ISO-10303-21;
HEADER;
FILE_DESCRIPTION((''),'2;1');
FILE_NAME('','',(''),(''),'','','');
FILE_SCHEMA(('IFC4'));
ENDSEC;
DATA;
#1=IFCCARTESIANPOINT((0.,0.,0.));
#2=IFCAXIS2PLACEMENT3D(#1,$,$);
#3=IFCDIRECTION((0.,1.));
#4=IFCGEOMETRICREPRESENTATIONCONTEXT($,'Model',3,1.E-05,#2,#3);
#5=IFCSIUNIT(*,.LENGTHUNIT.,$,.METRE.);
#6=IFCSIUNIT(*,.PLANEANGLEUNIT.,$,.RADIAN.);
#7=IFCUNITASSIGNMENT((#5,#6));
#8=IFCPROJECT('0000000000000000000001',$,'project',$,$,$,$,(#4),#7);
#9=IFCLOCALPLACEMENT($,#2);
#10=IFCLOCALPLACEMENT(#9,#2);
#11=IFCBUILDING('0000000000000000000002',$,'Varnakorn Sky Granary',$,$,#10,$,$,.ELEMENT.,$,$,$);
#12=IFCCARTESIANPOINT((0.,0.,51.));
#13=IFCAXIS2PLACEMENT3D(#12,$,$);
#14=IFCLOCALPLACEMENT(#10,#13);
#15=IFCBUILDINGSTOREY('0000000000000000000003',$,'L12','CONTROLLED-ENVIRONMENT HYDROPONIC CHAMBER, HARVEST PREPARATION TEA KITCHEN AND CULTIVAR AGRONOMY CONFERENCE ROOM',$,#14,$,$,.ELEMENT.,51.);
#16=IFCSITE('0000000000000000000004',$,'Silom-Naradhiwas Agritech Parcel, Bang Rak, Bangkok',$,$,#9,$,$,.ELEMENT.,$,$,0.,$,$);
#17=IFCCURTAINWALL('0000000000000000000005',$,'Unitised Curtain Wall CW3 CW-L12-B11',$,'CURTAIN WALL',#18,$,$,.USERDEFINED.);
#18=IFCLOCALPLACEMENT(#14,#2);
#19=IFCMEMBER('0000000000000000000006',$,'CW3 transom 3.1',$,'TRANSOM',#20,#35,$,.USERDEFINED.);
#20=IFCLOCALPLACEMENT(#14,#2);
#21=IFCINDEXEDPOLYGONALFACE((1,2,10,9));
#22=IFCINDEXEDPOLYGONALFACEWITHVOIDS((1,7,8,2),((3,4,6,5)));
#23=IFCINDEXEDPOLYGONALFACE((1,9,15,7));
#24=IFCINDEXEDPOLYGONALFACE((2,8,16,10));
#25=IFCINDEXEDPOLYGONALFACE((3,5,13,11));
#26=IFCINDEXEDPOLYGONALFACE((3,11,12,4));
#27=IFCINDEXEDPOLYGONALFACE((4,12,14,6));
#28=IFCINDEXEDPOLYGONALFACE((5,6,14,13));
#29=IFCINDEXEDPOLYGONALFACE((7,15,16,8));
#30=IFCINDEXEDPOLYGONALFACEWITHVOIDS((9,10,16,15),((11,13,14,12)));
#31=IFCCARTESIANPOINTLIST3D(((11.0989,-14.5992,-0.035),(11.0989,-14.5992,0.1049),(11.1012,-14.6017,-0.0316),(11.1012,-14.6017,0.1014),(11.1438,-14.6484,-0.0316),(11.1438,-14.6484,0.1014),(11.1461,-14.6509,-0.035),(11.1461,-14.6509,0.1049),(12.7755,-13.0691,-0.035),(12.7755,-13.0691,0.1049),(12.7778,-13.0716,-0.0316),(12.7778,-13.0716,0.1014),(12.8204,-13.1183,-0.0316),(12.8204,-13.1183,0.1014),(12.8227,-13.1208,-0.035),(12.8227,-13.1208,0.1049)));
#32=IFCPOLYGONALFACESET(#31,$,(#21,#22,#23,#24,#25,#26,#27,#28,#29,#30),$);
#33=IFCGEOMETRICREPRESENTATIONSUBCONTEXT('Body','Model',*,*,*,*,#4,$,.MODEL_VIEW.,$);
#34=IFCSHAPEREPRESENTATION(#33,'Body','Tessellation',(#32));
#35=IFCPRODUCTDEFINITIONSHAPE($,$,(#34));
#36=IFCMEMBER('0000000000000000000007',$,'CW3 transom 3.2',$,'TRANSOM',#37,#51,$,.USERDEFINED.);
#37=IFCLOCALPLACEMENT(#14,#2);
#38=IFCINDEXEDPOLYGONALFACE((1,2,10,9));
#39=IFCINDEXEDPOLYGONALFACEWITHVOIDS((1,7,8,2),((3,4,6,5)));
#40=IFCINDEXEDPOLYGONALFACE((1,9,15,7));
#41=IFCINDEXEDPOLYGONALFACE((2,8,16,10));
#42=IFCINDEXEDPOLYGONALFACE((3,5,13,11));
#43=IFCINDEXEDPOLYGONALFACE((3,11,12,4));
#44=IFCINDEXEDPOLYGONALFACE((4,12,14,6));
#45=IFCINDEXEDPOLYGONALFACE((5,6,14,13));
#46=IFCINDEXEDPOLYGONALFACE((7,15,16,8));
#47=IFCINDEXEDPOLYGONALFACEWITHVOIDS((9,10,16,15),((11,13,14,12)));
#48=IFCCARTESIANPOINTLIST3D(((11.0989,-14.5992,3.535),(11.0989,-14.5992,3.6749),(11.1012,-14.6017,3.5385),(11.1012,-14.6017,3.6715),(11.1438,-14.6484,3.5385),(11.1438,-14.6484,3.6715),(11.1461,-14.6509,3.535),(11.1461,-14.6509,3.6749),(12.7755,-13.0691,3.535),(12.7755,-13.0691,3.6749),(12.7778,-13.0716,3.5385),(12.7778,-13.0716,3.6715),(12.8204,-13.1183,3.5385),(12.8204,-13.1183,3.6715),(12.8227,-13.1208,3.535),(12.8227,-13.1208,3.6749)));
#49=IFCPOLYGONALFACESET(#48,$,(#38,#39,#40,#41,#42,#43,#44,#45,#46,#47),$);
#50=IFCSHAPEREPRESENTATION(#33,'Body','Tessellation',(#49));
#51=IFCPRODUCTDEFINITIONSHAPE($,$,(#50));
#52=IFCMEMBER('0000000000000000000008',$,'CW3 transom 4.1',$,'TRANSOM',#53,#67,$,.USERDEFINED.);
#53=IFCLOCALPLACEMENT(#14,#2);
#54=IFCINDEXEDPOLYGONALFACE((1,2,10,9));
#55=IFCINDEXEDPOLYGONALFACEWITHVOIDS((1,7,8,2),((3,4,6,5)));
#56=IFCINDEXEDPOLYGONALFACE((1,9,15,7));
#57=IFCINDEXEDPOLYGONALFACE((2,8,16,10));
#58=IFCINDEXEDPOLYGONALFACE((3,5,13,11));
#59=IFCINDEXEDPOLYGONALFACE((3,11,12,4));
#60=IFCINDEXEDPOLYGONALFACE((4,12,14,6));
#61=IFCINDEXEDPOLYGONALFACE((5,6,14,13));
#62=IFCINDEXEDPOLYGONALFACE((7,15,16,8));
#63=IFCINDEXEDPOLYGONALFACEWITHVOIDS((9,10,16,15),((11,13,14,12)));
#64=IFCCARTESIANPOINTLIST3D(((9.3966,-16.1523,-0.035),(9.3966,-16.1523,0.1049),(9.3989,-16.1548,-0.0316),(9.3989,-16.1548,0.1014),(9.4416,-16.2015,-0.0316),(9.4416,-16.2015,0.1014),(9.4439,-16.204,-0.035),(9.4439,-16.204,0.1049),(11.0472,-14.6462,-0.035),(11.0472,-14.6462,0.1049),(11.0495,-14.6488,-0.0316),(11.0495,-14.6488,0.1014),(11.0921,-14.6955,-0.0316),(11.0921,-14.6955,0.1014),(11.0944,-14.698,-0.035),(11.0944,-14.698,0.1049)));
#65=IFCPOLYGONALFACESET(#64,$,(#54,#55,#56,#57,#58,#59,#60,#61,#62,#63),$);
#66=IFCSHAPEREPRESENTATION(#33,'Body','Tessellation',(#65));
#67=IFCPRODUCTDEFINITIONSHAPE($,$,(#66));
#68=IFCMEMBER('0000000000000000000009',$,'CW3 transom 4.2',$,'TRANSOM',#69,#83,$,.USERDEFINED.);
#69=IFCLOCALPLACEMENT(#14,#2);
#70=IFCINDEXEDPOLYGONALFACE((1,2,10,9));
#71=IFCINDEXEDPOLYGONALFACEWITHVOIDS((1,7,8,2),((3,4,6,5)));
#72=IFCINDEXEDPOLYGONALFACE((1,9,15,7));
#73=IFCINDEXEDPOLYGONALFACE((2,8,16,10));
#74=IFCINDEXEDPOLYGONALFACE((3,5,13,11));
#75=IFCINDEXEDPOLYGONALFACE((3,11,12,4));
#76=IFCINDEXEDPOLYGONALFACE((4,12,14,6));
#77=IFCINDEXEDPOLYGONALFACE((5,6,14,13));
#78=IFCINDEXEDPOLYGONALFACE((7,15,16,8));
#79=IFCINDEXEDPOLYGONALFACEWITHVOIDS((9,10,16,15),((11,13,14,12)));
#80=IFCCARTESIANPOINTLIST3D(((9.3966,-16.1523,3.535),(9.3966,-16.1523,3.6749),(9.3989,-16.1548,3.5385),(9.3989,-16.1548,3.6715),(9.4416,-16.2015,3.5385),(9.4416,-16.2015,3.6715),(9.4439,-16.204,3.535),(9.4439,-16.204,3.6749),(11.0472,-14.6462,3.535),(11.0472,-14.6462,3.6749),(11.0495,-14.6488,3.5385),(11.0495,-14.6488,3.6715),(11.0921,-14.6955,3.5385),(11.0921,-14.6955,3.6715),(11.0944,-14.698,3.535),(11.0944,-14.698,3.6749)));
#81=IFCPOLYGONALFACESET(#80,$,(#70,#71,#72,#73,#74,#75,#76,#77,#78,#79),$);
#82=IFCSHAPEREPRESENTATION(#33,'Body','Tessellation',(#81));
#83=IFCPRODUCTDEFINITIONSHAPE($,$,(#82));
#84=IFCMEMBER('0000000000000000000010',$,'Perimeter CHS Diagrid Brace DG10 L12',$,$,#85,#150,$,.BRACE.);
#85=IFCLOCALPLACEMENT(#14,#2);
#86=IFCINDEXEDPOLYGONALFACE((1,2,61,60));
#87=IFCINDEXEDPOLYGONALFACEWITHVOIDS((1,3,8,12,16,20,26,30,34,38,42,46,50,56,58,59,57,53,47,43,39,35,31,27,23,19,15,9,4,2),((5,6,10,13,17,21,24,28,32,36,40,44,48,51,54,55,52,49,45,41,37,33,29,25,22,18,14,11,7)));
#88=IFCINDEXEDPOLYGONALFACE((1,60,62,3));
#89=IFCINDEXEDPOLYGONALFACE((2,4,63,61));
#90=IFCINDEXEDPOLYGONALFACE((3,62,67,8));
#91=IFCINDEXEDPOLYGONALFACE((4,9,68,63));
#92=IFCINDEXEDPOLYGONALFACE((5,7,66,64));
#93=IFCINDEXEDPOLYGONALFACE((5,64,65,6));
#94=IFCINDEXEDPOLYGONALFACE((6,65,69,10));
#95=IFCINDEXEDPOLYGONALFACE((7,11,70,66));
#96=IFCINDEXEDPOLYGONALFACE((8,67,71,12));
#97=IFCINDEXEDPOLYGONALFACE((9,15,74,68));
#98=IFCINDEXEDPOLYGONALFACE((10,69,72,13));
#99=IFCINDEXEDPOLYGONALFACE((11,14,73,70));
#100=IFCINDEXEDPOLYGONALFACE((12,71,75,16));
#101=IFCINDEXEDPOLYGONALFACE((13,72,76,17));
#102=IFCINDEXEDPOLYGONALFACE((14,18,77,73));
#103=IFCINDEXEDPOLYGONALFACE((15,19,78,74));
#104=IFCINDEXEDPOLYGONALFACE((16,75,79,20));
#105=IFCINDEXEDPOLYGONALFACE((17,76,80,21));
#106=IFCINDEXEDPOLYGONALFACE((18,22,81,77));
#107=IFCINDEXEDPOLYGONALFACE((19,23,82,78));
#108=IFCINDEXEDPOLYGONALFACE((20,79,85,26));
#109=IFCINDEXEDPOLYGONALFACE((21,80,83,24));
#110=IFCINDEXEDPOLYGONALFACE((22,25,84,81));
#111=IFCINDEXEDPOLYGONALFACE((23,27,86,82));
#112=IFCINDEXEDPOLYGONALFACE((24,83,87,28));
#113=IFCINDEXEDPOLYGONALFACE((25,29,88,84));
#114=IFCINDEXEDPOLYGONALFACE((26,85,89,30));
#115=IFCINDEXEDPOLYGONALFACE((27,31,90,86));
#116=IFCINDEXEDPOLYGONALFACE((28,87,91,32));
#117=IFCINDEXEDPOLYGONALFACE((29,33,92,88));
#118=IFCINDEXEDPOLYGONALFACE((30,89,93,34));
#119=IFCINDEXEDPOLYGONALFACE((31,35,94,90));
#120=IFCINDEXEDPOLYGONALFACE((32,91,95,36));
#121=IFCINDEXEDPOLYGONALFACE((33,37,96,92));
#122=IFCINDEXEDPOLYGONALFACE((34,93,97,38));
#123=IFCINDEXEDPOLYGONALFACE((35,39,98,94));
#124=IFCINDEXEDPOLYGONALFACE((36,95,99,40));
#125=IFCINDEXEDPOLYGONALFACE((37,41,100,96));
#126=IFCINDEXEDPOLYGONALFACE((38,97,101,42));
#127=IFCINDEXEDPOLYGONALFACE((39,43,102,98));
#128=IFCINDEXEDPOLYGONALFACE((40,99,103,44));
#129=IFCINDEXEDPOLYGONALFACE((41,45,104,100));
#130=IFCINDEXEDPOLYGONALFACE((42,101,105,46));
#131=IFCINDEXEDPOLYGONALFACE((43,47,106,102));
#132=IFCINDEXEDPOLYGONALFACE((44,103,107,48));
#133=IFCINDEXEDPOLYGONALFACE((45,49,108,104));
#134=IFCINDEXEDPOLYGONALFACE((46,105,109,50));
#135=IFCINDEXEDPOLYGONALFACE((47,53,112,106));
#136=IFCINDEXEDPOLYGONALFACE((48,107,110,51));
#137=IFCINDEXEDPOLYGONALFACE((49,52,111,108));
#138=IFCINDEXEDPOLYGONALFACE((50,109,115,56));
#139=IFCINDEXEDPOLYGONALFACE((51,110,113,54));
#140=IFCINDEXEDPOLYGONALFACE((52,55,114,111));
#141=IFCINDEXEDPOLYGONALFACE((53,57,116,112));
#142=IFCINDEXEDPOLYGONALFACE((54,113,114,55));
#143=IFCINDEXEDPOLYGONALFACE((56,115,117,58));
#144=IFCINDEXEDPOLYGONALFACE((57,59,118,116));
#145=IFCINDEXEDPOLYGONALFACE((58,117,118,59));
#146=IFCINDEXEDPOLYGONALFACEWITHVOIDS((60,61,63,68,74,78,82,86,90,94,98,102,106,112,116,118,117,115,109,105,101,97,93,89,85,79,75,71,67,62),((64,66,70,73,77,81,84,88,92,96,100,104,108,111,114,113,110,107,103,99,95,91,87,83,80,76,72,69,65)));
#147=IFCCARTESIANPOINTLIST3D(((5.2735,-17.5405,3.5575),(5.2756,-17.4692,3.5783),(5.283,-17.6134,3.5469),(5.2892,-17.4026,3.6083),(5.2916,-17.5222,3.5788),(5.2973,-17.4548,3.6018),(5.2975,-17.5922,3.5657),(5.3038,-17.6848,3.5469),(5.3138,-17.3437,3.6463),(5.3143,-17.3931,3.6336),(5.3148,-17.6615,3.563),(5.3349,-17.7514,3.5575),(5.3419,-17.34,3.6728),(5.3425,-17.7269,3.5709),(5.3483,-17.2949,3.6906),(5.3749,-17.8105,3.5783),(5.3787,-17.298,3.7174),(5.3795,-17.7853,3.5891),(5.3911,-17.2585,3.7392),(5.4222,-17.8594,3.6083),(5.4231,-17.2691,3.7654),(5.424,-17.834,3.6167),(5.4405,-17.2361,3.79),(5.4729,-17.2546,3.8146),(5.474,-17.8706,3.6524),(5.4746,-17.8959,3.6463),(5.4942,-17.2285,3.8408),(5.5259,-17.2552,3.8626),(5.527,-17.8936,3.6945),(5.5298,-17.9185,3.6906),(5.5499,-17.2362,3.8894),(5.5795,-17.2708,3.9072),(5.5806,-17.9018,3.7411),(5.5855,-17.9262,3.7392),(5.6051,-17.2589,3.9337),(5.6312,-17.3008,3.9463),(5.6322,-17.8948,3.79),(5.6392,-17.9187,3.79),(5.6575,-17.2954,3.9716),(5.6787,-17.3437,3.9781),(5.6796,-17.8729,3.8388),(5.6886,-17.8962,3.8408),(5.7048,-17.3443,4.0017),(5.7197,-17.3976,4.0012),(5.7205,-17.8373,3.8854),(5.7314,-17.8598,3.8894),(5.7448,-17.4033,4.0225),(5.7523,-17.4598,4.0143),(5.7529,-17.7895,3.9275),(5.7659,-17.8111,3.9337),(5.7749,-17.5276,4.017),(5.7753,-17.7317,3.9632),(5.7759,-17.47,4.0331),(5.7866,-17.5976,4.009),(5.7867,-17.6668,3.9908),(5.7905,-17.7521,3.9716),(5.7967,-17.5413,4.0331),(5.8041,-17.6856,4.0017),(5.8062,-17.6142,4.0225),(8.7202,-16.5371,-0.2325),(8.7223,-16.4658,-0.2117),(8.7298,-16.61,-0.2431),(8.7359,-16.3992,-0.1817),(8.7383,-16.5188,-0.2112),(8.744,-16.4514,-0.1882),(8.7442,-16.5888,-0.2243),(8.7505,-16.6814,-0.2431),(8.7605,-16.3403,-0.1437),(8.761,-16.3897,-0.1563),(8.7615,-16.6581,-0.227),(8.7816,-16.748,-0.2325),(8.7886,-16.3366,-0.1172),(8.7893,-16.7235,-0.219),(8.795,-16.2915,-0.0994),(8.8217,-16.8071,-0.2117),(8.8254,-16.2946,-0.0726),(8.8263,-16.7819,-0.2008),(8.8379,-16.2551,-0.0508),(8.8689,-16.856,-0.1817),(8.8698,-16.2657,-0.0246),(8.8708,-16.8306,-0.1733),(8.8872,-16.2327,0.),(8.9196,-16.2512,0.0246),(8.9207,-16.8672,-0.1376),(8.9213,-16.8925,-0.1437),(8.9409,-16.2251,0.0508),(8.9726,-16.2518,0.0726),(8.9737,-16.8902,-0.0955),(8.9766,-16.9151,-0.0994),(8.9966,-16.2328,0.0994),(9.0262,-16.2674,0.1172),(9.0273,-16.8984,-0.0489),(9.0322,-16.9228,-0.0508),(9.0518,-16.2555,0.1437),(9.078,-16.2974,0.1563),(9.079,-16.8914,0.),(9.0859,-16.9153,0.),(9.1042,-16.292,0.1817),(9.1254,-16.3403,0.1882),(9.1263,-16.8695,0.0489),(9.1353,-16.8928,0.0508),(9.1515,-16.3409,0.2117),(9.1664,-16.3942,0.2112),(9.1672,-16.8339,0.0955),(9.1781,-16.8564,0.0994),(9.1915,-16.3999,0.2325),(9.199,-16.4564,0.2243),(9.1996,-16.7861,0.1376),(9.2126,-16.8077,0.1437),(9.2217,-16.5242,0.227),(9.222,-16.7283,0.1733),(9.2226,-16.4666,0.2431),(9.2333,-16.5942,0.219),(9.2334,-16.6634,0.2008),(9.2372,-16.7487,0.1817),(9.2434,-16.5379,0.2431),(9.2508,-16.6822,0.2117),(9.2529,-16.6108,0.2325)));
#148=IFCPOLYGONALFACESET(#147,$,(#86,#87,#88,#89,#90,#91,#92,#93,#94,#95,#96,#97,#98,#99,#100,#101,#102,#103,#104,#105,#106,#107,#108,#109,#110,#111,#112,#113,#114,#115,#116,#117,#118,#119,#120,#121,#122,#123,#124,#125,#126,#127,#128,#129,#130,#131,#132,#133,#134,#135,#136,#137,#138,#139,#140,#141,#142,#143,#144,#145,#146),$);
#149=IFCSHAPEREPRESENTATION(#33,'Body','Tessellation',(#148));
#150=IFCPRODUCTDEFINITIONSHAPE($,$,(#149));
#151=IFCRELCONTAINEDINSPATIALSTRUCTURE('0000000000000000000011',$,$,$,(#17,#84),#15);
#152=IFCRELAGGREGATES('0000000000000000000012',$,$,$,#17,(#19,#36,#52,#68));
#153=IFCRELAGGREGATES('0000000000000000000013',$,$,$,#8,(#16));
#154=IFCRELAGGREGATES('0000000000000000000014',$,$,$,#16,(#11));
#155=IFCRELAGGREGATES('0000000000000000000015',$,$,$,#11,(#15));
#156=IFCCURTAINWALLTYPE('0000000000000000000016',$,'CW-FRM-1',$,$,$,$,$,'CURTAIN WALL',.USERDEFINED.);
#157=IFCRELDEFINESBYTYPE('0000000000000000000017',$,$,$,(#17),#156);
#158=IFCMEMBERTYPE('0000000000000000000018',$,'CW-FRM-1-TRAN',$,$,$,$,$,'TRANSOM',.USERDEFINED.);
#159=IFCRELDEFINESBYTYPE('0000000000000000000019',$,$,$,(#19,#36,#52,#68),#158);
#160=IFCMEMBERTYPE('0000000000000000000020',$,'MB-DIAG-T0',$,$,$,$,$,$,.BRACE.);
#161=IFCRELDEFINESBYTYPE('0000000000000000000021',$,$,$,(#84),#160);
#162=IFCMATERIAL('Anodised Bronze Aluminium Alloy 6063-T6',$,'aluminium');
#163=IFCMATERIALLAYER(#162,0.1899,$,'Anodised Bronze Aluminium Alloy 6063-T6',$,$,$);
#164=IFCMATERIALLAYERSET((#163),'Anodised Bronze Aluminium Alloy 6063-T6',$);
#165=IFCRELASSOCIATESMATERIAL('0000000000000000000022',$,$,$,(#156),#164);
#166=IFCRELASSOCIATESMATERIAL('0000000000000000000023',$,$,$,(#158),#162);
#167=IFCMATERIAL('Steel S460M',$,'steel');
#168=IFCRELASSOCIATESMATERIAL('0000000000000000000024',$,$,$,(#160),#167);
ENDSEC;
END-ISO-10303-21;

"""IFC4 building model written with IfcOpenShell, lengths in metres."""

from ifc_helpers import new_model, si_unit, direction, frame, origin, origin_2d, place, context, subcontext, project, spatial, hollow_rectangle, hollow_circle, extrude, material, layer, layer_set, material_profile, profile_set, type_object, element, aggregate, save


model = new_model("IFC4")

# Units and contexts
model_context = context("Model", 3, precision=1e-05, world=origin(), true_north=direction((0.0, 1.0)))
body_context = subcontext(model_context, "Body", "Model", "MODEL_VIEW")
ifc_project = project(units=[si_unit("LENGTHUNIT", "METRE"), si_unit("PLANEANGLEUNIT", "RADIAN")], contexts=[model_context])

# Site, building, storey
site_placement = place(None, origin())
site = spatial("IfcSite", under=ifc_project, at=site_placement, Name="Silom-Naradhiwas Agritech Parcel, Bang Rak, Bangkok", CompositionType="ELEMENT", RefElevation=0.0)
building_placement = place(site_placement, origin())
building = spatial("IfcBuilding", under=site, at=building_placement, Name="Varnakorn Sky Granary", CompositionType="ELEMENT")
storey_placement = place(building_placement, frame((0.0, 0.0, 51.0)))
storey = spatial("IfcBuildingStorey", under=building, at=storey_placement, Name="L12", Description="CONTROLLED-ENVIRONMENT HYDROPONIC CHAMBER, HARVEST PREPARATION TEA KITCHEN AND CULTIVAR AGRONOMY CONFERENCE ROOM", CompositionType="ELEMENT", Elevation=51.0)

# Curtain wall, members
ifc_material_1 = material(Name="Anodised Bronze Aluminium Alloy 6063-T6", Category="aluminium")
ifc_layer_1 = layer(ifc_material_1, 0.1899, Name="Anodised Bronze Aluminium Alloy 6063-T6")
ifc_layer_set_1 = layer_set([ifc_layer_1], Name="Anodised Bronze Aluminium Alloy 6063-T6")
curtain_wall_type = type_object("IfcCurtainWallType", Name="CW-FRM-1", ElementType="CURTAIN WALL", PredefinedType="USERDEFINED", material=ifc_layer_set_1)
curtain_wall_placement = place(storey_placement, origin())
curtain_wall = element("IfcCurtainWall", 1, at=curtain_wall_placement, inside=storey, type_object=curtain_wall_type, Name="Unitised Curtain Wall CW3 CW-L12-B11", ObjectType="CURTAIN WALL", PredefinedType="USERDEFINED")
ifc_material_profile_1 = material_profile(ifc_material_1, hollow_rectangle(XDim=0.0701, YDim=0.1399, WallThickness=0.0034, at=origin_2d()), Name="ALU TRAN 70x140")
ifc_profile_set_1 = profile_set([ifc_material_profile_1], Name="Anodised Bronze Aluminium Alloy 6063-T6")
member_type_1 = type_object("IfcMemberType", Name="CW-FRM-1-TRAN", ElementType="TRANSOM", PredefinedType="USERDEFINED", material=ifc_profile_set_1)
member_1_placement = place(storey_placement, frame((12.7991, -13.095, 0.0349), z_axis=(-0.738639, -0.674101, 0.0), x_axis=(0.674101, -0.738639, 0.0)))
member_1 = element("IfcMember", 2, at=member_1_placement, type_object=member_type_1, Name="CW3 transom 3.1", ObjectType="TRANSOM", PredefinedType="USERDEFINED", context=body_context, shape_type="SweptSolid", body=[
    extrude(hollow_rectangle(XDim=0.0701, YDim=0.1399, WallThickness=0.0034, at=origin_2d()), origin(), (0.0, 0.0, 1.0), 2.2698),
])
member_2_placement = place(storey_placement, frame((12.7991, -13.095, 3.605), z_axis=(-0.738639, -0.674101, 0.0), x_axis=(0.674101, -0.738639, 0.0)))
member_2 = element("IfcMember", 3, at=member_2_placement, type_object=member_type_1, Name="CW3 transom 3.2", ObjectType="TRANSOM", PredefinedType="USERDEFINED", context=body_context, shape_type="SweptSolid", body=[
    extrude(hollow_rectangle(XDim=0.0701, YDim=0.1399, WallThickness=0.0034, at=origin_2d()), origin(), (0.0, 0.0, 1.0), 2.2698),
])
member_3_placement = place(storey_placement, frame((11.0708, -14.6721, 0.0349), z_axis=(-0.738708, -0.674026, 0.0), x_axis=(0.674026, -0.738708, 0.0)))
member_3 = element("IfcMember", 4, at=member_3_placement, type_object=member_type_1, Name="CW3 transom 4.1", ObjectType="TRANSOM", PredefinedType="USERDEFINED", context=body_context, shape_type="SweptSolid", body=[
    extrude(hollow_rectangle(XDim=0.0701, YDim=0.1399, WallThickness=0.0034, at=origin_2d()), origin(), (0.0, 0.0, 1.0), 2.2344),
])
member_4_placement = place(storey_placement, frame((11.0708, -14.6721, 3.605), z_axis=(-0.738708, -0.674026, 0.0), x_axis=(0.674026, -0.738708, 0.0)))
member_4 = element("IfcMember", 5, at=member_4_placement, type_object=member_type_1, Name="CW3 transom 4.2", ObjectType="TRANSOM", PredefinedType="USERDEFINED", context=body_context, shape_type="SweptSolid", body=[
    extrude(hollow_rectangle(XDim=0.0701, YDim=0.1399, WallThickness=0.0034, at=origin_2d()), origin(), (0.0, 0.0, 1.0), 2.2344),
])

# Member
ifc_material_2 = material(Name="Steel S460M", Category="steel")
ifc_material_profile_2 = material_profile(ifc_material_2, hollow_circle(Radius=0.3555, WallThickness=0.0249, at=origin_2d()), Name="CHS 711x25")
ifc_profile_set_2 = profile_set([ifc_material_profile_2], Name="Steel S460M")
member_type_2 = type_object("IfcMemberType", Name="MB-DIAG-T0", PredefinedType="BRACE", material=ifc_profile_set_2)
member_5_placement = place(storey_placement, frame((8.9866, -16.574, 0.0), z_axis=(-0.660264, -0.192215, 0.72602), x_axis=(0.279514, -0.960142, 0.0)))
element("IfcMember", 6, at=member_5_placement, inside=storey, type_object=member_type_2, Name="Perimeter CHS Diagrid Brace DG10 L12", PredefinedType="BRACE", context=body_context, shape_type="SweptSolid", body=[
    extrude(hollow_circle(Radius=0.3555, WallThickness=0.0249, at=origin_2d()), origin(), (0.0, 0.0, 1.0), 5.2202),
])

aggregate(curtain_wall, [member_1, member_2, member_3, member_4])

save(model, "model.ifc")
